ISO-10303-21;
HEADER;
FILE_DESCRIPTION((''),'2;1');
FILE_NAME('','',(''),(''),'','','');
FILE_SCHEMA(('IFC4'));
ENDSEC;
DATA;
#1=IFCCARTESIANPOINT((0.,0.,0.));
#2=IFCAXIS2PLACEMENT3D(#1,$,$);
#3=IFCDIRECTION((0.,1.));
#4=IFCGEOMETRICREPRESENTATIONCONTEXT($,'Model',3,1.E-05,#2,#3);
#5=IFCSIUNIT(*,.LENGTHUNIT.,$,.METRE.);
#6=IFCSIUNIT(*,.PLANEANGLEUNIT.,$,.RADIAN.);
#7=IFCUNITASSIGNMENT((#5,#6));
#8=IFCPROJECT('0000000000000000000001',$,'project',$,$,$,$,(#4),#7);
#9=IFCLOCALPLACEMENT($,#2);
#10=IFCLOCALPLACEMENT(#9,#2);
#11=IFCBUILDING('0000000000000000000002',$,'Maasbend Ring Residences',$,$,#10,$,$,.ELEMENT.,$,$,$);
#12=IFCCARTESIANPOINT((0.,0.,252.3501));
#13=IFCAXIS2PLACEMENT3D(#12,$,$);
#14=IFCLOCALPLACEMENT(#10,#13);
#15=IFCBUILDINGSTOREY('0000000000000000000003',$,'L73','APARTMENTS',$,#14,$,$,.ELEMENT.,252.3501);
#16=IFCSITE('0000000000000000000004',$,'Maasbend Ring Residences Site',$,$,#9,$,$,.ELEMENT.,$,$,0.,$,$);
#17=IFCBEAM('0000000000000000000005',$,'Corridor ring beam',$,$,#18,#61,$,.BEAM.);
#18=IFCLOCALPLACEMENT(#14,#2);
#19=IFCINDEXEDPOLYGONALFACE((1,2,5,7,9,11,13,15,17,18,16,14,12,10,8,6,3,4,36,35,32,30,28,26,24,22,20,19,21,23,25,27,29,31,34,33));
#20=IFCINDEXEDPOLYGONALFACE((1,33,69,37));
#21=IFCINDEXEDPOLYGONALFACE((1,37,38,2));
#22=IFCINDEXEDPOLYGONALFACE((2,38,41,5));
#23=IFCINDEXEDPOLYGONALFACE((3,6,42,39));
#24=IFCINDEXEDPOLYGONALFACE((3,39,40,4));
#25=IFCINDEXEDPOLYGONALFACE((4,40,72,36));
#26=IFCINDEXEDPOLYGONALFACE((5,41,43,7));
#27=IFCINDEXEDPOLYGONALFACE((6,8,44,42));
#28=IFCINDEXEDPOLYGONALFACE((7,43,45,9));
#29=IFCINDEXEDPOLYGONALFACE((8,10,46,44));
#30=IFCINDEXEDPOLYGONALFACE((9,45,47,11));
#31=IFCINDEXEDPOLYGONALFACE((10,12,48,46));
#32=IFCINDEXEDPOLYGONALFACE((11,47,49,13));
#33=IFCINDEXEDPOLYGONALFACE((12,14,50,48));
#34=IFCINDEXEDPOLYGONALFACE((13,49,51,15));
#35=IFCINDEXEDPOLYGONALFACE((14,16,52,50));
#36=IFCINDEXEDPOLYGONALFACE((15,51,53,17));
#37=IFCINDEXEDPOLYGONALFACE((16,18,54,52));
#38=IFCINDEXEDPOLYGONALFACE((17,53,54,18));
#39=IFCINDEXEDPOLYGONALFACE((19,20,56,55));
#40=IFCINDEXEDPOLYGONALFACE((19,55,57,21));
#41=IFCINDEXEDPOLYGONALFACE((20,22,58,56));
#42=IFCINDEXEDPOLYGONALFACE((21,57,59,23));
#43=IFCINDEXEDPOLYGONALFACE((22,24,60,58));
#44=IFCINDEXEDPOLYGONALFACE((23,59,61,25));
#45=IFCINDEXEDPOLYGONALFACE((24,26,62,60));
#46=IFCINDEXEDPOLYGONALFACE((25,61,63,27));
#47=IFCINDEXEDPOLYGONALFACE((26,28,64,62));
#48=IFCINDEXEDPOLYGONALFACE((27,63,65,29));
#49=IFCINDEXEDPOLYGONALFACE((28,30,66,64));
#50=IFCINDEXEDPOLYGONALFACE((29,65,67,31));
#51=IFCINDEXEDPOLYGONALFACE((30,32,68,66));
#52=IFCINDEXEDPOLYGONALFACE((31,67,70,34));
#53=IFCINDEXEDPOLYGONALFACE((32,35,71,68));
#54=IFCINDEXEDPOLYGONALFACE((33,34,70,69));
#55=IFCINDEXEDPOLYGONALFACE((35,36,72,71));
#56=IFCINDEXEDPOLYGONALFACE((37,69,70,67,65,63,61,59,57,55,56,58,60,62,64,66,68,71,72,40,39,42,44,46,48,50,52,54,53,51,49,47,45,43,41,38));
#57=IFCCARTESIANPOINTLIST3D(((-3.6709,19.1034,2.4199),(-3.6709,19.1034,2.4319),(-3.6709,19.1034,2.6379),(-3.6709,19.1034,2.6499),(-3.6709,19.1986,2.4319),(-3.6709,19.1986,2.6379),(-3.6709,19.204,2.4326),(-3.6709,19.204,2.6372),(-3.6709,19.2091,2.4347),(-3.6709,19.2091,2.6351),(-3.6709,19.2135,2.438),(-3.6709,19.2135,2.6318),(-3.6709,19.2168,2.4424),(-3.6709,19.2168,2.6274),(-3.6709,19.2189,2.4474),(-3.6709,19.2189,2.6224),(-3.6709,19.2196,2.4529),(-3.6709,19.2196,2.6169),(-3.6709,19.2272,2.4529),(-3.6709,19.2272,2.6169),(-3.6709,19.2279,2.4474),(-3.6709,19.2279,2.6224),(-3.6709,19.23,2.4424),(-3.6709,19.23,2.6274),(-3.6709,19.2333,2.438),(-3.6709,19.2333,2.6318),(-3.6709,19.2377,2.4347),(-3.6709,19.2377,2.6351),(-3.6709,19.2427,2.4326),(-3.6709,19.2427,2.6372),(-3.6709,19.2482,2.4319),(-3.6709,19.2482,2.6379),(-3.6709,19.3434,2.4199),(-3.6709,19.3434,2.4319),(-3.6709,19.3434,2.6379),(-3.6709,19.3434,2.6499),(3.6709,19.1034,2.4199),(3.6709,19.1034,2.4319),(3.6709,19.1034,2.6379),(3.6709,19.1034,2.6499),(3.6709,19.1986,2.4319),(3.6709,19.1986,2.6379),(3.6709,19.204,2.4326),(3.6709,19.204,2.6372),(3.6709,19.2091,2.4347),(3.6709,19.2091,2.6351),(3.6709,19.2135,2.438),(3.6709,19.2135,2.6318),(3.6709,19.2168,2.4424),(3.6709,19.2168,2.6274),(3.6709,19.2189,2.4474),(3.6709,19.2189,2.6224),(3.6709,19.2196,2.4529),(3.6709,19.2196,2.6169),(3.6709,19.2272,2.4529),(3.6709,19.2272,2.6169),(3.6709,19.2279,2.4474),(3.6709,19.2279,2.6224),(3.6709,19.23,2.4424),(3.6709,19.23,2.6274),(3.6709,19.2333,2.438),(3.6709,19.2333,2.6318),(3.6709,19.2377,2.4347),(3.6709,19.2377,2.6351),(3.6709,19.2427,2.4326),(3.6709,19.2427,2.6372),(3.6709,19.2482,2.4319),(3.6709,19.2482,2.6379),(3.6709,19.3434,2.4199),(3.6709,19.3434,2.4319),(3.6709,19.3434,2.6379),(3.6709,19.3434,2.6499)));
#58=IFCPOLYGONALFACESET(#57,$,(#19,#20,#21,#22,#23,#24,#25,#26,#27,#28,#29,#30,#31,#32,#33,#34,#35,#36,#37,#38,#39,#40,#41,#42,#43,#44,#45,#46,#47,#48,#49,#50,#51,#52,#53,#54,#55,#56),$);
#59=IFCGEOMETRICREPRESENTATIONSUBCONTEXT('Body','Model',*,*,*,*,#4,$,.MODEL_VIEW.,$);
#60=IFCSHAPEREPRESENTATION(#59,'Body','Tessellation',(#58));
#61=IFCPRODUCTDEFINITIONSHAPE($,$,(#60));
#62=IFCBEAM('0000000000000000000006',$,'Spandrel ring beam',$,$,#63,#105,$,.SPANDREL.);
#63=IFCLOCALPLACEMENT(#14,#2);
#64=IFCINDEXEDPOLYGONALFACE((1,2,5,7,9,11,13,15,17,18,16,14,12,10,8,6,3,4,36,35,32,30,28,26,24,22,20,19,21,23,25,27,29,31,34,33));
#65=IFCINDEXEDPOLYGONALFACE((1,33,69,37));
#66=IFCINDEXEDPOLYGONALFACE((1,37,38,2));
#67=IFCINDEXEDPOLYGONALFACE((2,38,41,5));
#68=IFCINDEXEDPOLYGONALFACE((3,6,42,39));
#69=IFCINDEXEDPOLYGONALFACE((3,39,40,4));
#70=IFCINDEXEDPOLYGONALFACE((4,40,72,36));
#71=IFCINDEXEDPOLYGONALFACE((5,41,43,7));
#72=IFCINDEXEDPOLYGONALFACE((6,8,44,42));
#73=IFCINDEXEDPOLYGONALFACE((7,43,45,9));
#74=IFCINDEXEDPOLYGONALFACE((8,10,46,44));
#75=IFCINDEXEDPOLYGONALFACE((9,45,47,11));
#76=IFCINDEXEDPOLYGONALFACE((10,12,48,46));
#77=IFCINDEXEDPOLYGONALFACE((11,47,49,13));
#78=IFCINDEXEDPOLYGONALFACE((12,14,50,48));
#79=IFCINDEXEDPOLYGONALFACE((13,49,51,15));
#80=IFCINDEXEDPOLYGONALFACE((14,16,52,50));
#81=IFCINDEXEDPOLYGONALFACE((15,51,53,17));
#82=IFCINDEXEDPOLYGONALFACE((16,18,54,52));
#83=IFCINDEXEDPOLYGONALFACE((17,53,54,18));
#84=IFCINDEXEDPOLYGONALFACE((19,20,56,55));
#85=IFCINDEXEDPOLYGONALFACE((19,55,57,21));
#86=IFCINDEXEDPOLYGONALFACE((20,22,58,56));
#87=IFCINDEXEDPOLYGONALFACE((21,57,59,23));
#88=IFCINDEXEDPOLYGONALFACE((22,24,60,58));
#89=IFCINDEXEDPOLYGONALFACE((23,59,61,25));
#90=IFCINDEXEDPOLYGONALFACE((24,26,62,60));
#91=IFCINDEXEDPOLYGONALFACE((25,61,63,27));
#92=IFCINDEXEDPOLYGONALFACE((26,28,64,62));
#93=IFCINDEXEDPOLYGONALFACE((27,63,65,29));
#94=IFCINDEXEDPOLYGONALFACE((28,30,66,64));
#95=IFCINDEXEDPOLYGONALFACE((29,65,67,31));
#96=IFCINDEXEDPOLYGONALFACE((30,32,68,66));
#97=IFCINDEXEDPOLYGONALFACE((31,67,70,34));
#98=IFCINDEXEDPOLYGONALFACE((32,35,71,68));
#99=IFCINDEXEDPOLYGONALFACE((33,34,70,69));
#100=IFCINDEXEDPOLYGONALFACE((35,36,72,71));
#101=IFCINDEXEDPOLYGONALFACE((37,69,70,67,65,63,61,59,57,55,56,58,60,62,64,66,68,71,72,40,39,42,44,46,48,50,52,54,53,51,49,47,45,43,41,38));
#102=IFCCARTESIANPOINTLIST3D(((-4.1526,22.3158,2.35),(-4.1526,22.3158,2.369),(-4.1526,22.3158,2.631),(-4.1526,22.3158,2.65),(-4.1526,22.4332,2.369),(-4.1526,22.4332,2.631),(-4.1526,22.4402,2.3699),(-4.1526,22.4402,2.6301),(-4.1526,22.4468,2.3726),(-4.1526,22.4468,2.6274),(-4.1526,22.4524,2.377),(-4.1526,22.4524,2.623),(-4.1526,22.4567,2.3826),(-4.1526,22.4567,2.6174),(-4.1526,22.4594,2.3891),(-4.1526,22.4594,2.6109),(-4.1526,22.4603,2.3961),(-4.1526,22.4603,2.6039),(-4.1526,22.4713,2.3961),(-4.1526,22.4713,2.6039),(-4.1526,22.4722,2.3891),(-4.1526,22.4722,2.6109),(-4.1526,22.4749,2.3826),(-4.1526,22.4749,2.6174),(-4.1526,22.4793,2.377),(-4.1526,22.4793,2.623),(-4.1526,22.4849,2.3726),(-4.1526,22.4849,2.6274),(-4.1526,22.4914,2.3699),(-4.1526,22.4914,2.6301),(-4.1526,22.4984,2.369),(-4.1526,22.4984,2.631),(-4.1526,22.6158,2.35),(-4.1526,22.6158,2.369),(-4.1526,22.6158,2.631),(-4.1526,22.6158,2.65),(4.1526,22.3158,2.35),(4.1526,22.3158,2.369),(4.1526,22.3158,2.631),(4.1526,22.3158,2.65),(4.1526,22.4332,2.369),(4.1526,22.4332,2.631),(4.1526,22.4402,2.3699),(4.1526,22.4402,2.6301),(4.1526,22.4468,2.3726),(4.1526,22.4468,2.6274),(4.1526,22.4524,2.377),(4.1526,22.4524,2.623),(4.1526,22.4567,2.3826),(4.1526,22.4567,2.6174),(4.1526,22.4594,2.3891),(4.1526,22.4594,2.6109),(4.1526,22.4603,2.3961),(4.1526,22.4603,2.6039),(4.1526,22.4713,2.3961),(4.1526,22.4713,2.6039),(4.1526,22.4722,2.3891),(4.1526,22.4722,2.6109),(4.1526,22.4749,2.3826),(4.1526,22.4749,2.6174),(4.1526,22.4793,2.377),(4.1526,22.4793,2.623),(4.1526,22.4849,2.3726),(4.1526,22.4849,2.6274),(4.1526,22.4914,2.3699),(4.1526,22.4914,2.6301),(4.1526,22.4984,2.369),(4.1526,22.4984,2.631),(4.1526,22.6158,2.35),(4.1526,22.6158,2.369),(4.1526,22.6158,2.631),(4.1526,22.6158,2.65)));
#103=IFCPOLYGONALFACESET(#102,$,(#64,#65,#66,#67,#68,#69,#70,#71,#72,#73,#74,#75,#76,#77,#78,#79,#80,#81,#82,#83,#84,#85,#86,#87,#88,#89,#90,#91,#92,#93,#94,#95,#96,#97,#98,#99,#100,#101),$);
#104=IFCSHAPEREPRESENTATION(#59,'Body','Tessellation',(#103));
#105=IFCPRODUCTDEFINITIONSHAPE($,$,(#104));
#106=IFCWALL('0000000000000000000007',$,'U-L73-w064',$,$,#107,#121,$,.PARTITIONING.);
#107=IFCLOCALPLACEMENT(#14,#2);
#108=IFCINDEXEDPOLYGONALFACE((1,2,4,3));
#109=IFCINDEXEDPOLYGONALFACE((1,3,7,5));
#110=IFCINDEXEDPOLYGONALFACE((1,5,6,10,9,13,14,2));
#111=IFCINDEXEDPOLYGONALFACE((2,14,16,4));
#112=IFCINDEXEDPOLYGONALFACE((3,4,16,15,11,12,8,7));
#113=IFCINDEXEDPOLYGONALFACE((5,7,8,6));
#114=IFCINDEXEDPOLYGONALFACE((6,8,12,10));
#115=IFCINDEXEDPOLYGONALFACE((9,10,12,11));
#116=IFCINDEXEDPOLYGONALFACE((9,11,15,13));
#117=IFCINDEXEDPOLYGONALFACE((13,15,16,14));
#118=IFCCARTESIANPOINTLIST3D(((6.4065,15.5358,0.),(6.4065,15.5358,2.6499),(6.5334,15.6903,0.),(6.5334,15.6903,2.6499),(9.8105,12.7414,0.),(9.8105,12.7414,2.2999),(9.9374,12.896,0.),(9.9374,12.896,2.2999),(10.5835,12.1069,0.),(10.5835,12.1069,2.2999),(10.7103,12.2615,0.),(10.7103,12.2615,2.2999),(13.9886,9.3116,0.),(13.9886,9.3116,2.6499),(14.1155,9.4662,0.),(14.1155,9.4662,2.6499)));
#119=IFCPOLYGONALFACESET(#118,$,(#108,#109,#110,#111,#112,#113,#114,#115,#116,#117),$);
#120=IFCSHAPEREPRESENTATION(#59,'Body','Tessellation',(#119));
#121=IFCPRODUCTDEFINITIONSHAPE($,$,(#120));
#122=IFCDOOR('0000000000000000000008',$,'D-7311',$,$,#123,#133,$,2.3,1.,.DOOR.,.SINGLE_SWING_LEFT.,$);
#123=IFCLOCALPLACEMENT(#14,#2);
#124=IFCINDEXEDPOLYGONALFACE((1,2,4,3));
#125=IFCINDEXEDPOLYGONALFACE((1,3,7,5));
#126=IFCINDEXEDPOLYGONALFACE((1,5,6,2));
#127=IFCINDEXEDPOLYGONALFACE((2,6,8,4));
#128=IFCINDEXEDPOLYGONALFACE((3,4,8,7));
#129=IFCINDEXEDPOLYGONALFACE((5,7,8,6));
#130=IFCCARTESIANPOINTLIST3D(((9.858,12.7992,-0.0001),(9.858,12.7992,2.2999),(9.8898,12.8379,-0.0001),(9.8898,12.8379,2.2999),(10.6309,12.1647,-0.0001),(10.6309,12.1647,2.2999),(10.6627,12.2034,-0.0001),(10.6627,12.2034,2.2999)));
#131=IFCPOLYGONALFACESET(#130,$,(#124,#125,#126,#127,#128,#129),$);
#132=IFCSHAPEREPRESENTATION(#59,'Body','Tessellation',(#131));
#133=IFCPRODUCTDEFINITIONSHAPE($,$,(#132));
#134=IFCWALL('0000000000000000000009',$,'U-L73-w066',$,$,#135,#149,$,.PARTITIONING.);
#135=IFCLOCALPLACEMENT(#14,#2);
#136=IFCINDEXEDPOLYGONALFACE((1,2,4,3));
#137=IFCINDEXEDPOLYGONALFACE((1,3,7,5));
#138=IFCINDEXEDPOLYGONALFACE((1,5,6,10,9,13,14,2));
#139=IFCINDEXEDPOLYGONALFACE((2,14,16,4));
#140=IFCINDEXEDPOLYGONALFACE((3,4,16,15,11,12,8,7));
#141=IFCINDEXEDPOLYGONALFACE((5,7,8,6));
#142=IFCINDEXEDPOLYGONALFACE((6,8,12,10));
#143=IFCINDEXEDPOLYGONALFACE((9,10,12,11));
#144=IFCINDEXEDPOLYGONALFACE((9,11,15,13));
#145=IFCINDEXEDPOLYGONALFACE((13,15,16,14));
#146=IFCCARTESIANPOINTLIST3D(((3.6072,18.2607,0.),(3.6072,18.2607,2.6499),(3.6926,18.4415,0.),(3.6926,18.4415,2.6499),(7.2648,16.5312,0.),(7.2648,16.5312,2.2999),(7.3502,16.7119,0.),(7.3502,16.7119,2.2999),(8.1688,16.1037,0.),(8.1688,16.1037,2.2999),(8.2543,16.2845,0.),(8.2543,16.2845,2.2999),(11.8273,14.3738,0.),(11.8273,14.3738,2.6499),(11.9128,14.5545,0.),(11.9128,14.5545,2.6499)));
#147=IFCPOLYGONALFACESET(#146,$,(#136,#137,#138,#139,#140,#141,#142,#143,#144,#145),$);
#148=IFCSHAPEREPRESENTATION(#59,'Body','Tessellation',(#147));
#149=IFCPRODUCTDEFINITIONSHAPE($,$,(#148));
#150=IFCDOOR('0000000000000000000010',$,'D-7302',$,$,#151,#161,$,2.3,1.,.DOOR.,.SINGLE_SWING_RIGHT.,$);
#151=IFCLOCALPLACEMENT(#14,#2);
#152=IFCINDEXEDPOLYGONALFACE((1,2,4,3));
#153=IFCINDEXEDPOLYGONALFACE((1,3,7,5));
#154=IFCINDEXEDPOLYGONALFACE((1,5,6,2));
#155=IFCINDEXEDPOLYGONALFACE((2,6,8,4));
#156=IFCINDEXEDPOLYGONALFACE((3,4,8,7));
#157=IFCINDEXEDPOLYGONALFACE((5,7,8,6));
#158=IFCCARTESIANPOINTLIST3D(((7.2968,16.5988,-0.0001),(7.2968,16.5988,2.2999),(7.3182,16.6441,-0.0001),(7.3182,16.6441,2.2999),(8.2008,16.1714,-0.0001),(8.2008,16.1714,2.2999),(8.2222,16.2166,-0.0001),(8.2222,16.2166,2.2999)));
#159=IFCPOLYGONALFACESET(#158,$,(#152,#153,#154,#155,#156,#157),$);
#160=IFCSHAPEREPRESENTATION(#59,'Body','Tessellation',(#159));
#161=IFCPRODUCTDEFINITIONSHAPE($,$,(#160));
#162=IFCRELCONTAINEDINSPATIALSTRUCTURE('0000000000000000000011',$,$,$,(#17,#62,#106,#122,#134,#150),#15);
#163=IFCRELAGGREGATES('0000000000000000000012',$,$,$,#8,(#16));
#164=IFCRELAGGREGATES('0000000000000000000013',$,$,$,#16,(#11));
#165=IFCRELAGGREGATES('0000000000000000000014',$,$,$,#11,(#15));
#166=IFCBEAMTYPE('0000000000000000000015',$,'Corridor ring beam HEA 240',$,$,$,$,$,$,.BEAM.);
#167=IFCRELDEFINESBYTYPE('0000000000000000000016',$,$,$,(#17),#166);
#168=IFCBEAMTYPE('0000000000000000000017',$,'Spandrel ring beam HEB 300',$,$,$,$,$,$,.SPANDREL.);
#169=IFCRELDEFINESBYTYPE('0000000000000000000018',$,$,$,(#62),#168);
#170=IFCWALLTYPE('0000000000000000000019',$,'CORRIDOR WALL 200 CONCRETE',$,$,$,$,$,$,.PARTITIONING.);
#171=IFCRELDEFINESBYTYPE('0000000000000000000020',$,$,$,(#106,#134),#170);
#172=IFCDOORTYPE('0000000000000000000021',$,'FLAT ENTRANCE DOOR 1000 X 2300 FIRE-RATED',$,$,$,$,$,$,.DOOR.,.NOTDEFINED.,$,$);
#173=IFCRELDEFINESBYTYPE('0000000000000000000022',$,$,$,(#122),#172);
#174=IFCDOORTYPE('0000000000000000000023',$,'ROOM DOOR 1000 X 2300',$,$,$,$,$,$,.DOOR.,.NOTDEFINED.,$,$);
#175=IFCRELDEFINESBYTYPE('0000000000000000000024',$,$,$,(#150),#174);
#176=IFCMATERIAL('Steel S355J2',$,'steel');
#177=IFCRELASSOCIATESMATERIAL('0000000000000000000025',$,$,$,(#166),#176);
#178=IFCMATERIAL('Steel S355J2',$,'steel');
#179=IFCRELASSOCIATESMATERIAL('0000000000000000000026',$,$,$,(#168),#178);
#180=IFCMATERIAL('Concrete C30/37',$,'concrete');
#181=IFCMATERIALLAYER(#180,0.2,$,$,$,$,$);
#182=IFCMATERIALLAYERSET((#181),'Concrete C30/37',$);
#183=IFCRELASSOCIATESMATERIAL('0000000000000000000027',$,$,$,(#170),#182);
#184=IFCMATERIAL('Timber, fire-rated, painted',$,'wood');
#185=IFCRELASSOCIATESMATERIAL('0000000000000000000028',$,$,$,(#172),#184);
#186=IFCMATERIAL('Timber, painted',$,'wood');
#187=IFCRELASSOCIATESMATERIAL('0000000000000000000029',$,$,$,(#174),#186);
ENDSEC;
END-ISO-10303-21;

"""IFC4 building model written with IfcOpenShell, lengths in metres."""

from ifc_helpers import new_model, si_unit, direction, frame, frame_2d, origin, origin_2d, place, context, subcontext, project, spatial, rectangle, i_section, extrude, material, layer, layer_set, material_profile, profile_set, type_object, element, fill, save


model = new_model("IFC4")

# Units and contexts
model_context = context("Model", 3, precision=1e-05, world=origin(), true_north=direction((0.0, 1.0)))
body_context = subcontext(model_context, "Body", "Model", "MODEL_VIEW")
ifc_project = project(units=[si_unit("LENGTHUNIT", "METRE"), si_unit("PLANEANGLEUNIT", "RADIAN")], contexts=[model_context])

# Site, building, storey
site_placement = place(None, origin())
site = spatial("IfcSite", under=ifc_project, at=site_placement, Name="Maasbend Ring Residences Site", CompositionType="ELEMENT", RefElevation=0.0)
building_placement = place(site_placement, origin())
building = spatial("IfcBuilding", under=site, at=building_placement, Name="Maasbend Ring Residences", CompositionType="ELEMENT")
storey_placement = place(building_placement, frame((0.0, 0.0, 252.3501)))
storey = spatial("IfcBuildingStorey", under=building, at=storey_placement, Name="L73", Description="APARTMENTS", CompositionType="ELEMENT", Elevation=252.3501)

# Beams
ifc_material_1 = material(Name="Steel S355J2", Category="steel")
ifc_material_profile_1 = material_profile(ifc_material_1, i_section(OverallWidth=0.24, OverallDepth=0.23, WebThickness=0.0076, FlangeThickness=0.012, FilletRadius=0.021, at=origin_2d()), Name="HEA 240")
ifc_profile_set_1 = profile_set([ifc_material_profile_1], Name="Steel S355J2")
beam_type_1 = type_object("IfcBeamType", Name="Corridor ring beam HEA 240", PredefinedType="BEAM", material=ifc_profile_set_1)
beam_1_placement = place(storey_placement, frame((3.6709, 19.2234, 2.5349), z_axis=(-1.0, 0.0, 0.0), x_axis=(0.0, -1.0, 0.0)))
element("IfcBeam", 1, at=beam_1_placement, inside=storey, type_object=beam_type_1, Name="Corridor ring beam", PredefinedType="BEAM", context=body_context, shape_type="SweptSolid", body=[
    extrude(i_section(OverallWidth=0.24, OverallDepth=0.23, WebThickness=0.0076, FlangeThickness=0.012, FilletRadius=0.021, at=origin_2d()), origin(), (0.0, 0.0, 1.0), 7.3418),
])
ifc_material_2 = material(Name="Steel S355J2", Category="steel")
ifc_material_profile_2 = material_profile(ifc_material_2, i_section(OverallWidth=0.3, OverallDepth=0.3, WebThickness=0.011, FlangeThickness=0.019, FilletRadius=0.0271, at=origin_2d()), Name="HEB 300")
ifc_profile_set_2 = profile_set([ifc_material_profile_2], Name="Steel S355J2")
beam_type_2 = type_object("IfcBeamType", Name="Spandrel ring beam HEB 300", PredefinedType="SPANDREL", material=ifc_profile_set_2)
beam_2_placement = place(storey_placement, frame((4.1526, 22.4658, 2.5), z_axis=(-1.0, 0.0, 0.0), x_axis=(0.0, -1.0, 0.0)))
element("IfcBeam", 2, at=beam_2_placement, inside=storey, type_object=beam_type_2, Name="Spandrel ring beam", PredefinedType="SPANDREL", context=body_context, shape_type="SweptSolid", body=[
    extrude(i_section(OverallWidth=0.3, OverallDepth=0.3, WebThickness=0.011, FlangeThickness=0.019, FilletRadius=0.0271, at=origin_2d()), origin(), (0.0, 0.0, 1.0), 8.3052),
])

# Walls, openings, doors
ifc_material_3 = material(Name="Concrete C30/37", Category="concrete")
ifc_layer_1 = layer(ifc_material_3, 0.2)
ifc_layer_set_1 = layer_set([ifc_layer_1], Name="Concrete C30/37")
wall_type_1 = type_object("IfcWallType", Name="CORRIDOR WALL 200 CONCRETE", PredefinedType="PARTITIONING", material=ifc_layer_set_1)
wall_1_placement = place(storey_placement, frame((6.47, 15.613, 0.0), z_axis=(0.0, 0.0, 1.0), x_axis=(0.772925, -0.634497, 0.0)))
wall_1 = element("IfcWall", 3, at=wall_1_placement, inside=storey, type_object=wall_type_1, Name="U-L73-w064", PredefinedType="PARTITIONING", context=body_context, shape_type="SweptSolid", body=[
    extrude(rectangle(XDim=9.8096, YDim=0.2, at=frame_2d((4.9048, 0.0))), origin(), (0.0, 0.0, 1.0), 2.6499),
])
opening_1_placement = place(wall_1_placement, frame((4.4041, 0.0, 0.0)))
opening_1 = element("IfcOpeningElement", 4, at=opening_1_placement, cuts=wall_1, PredefinedType="OPENING", context=body_context, shape_type="SweptSolid", body=[
    extrude(rectangle(XDim=1.0, YDim=2.3, at=frame_2d((0.5, 1.1499))), frame((0.0, 0.1099, 0.0), z_axis=(0.0, -1.0, 0.0), x_axis=(1.0, 0.0, 0.0)), (0.0, 0.0, 1.0), 0.22),
])
ifc_material_4 = material(Name="Timber, fire-rated, painted", Category="wood")
door_type_1 = type_object("IfcDoorType", Name="FLAT ENTRANCE DOOR 1000 X 2300 FIRE-RATED", OperationType="NOTDEFINED", PredefinedType="DOOR", material=ifc_material_4)
door_1_placement = place(opening_1_placement, origin())
door_1 = element("IfcDoor", 5, at=door_1_placement, inside=storey, type_object=door_type_1, Name="D-7311", OperationType="SINGLE_SWING_LEFT", OverallHeight=2.3, OverallWidth=1.0, PredefinedType="DOOR", context=body_context, shape_type="SweptSolid", body=[
    extrude(rectangle(XDim=1.0, YDim=2.3, at=frame_2d((0.5, 1.1499))), frame((0.0, 0.0249, 0.0), z_axis=(0.0, -1.0, 0.0), x_axis=(1.0, 0.0, 0.0)), (0.0, 0.0, 1.0), 0.05),
])
fill(opening_1, door_1)
wall_2_placement = place(storey_placement, frame((3.6499, 18.3511, 0.0), z_axis=(0.0, 0.0, 1.0), x_axis=(0.904028, -0.427473, 0.0)))
wall_2 = element("IfcWall", 6, at=wall_2_placement, inside=storey, type_object=wall_type_1, Name="U-L73-w066", PredefinedType="PARTITIONING", context=body_context, shape_type="SweptSolid", body=[
    extrude(rectangle(XDim=9.0928, YDim=0.2, at=frame_2d((4.5464, 0.0))), origin(), (0.0, 0.0, 1.0), 2.6499),
])
opening_2_placement = place(wall_2_placement, frame((4.0459, 0.0, 0.0)))
opening_2 = element("IfcOpeningElement", 7, at=opening_2_placement, cuts=wall_2, PredefinedType="OPENING", context=body_context, shape_type="SweptSolid", body=[
    extrude(rectangle(XDim=1.0, YDim=2.3, at=frame_2d((0.5, 1.1499))), frame((0.0, 0.1099, 0.0), z_axis=(0.0, -1.0, 0.0), x_axis=(1.0, 0.0, 0.0)), (0.0, 0.0, 1.0), 0.22),
])
ifc_material_5 = material(Name="Timber, painted", Category="wood")
door_type_2 = type_object("IfcDoorType", Name="ROOM DOOR 1000 X 2300", OperationType="NOTDEFINED", PredefinedType="DOOR", material=ifc_material_5)
door_2_placement = place(opening_2_placement, origin())
door_2 = element("IfcDoor", 8, at=door_2_placement, inside=storey, type_object=door_type_2, Name="D-7302", OperationType="SINGLE_SWING_RIGHT", OverallHeight=2.3, OverallWidth=1.0, PredefinedType="DOOR", context=body_context, shape_type="SweptSolid", body=[
    extrude(rectangle(XDim=1.0, YDim=2.3, at=frame_2d((0.5, 1.1499))), frame((0.0, 0.0249, 0.0), z_axis=(0.0, -1.0, 0.0), x_axis=(1.0, 0.0, 0.0)), (0.0, 0.0, 1.0), 0.05),
])
fill(opening_2, door_2)

save(model, "model.ifc")
